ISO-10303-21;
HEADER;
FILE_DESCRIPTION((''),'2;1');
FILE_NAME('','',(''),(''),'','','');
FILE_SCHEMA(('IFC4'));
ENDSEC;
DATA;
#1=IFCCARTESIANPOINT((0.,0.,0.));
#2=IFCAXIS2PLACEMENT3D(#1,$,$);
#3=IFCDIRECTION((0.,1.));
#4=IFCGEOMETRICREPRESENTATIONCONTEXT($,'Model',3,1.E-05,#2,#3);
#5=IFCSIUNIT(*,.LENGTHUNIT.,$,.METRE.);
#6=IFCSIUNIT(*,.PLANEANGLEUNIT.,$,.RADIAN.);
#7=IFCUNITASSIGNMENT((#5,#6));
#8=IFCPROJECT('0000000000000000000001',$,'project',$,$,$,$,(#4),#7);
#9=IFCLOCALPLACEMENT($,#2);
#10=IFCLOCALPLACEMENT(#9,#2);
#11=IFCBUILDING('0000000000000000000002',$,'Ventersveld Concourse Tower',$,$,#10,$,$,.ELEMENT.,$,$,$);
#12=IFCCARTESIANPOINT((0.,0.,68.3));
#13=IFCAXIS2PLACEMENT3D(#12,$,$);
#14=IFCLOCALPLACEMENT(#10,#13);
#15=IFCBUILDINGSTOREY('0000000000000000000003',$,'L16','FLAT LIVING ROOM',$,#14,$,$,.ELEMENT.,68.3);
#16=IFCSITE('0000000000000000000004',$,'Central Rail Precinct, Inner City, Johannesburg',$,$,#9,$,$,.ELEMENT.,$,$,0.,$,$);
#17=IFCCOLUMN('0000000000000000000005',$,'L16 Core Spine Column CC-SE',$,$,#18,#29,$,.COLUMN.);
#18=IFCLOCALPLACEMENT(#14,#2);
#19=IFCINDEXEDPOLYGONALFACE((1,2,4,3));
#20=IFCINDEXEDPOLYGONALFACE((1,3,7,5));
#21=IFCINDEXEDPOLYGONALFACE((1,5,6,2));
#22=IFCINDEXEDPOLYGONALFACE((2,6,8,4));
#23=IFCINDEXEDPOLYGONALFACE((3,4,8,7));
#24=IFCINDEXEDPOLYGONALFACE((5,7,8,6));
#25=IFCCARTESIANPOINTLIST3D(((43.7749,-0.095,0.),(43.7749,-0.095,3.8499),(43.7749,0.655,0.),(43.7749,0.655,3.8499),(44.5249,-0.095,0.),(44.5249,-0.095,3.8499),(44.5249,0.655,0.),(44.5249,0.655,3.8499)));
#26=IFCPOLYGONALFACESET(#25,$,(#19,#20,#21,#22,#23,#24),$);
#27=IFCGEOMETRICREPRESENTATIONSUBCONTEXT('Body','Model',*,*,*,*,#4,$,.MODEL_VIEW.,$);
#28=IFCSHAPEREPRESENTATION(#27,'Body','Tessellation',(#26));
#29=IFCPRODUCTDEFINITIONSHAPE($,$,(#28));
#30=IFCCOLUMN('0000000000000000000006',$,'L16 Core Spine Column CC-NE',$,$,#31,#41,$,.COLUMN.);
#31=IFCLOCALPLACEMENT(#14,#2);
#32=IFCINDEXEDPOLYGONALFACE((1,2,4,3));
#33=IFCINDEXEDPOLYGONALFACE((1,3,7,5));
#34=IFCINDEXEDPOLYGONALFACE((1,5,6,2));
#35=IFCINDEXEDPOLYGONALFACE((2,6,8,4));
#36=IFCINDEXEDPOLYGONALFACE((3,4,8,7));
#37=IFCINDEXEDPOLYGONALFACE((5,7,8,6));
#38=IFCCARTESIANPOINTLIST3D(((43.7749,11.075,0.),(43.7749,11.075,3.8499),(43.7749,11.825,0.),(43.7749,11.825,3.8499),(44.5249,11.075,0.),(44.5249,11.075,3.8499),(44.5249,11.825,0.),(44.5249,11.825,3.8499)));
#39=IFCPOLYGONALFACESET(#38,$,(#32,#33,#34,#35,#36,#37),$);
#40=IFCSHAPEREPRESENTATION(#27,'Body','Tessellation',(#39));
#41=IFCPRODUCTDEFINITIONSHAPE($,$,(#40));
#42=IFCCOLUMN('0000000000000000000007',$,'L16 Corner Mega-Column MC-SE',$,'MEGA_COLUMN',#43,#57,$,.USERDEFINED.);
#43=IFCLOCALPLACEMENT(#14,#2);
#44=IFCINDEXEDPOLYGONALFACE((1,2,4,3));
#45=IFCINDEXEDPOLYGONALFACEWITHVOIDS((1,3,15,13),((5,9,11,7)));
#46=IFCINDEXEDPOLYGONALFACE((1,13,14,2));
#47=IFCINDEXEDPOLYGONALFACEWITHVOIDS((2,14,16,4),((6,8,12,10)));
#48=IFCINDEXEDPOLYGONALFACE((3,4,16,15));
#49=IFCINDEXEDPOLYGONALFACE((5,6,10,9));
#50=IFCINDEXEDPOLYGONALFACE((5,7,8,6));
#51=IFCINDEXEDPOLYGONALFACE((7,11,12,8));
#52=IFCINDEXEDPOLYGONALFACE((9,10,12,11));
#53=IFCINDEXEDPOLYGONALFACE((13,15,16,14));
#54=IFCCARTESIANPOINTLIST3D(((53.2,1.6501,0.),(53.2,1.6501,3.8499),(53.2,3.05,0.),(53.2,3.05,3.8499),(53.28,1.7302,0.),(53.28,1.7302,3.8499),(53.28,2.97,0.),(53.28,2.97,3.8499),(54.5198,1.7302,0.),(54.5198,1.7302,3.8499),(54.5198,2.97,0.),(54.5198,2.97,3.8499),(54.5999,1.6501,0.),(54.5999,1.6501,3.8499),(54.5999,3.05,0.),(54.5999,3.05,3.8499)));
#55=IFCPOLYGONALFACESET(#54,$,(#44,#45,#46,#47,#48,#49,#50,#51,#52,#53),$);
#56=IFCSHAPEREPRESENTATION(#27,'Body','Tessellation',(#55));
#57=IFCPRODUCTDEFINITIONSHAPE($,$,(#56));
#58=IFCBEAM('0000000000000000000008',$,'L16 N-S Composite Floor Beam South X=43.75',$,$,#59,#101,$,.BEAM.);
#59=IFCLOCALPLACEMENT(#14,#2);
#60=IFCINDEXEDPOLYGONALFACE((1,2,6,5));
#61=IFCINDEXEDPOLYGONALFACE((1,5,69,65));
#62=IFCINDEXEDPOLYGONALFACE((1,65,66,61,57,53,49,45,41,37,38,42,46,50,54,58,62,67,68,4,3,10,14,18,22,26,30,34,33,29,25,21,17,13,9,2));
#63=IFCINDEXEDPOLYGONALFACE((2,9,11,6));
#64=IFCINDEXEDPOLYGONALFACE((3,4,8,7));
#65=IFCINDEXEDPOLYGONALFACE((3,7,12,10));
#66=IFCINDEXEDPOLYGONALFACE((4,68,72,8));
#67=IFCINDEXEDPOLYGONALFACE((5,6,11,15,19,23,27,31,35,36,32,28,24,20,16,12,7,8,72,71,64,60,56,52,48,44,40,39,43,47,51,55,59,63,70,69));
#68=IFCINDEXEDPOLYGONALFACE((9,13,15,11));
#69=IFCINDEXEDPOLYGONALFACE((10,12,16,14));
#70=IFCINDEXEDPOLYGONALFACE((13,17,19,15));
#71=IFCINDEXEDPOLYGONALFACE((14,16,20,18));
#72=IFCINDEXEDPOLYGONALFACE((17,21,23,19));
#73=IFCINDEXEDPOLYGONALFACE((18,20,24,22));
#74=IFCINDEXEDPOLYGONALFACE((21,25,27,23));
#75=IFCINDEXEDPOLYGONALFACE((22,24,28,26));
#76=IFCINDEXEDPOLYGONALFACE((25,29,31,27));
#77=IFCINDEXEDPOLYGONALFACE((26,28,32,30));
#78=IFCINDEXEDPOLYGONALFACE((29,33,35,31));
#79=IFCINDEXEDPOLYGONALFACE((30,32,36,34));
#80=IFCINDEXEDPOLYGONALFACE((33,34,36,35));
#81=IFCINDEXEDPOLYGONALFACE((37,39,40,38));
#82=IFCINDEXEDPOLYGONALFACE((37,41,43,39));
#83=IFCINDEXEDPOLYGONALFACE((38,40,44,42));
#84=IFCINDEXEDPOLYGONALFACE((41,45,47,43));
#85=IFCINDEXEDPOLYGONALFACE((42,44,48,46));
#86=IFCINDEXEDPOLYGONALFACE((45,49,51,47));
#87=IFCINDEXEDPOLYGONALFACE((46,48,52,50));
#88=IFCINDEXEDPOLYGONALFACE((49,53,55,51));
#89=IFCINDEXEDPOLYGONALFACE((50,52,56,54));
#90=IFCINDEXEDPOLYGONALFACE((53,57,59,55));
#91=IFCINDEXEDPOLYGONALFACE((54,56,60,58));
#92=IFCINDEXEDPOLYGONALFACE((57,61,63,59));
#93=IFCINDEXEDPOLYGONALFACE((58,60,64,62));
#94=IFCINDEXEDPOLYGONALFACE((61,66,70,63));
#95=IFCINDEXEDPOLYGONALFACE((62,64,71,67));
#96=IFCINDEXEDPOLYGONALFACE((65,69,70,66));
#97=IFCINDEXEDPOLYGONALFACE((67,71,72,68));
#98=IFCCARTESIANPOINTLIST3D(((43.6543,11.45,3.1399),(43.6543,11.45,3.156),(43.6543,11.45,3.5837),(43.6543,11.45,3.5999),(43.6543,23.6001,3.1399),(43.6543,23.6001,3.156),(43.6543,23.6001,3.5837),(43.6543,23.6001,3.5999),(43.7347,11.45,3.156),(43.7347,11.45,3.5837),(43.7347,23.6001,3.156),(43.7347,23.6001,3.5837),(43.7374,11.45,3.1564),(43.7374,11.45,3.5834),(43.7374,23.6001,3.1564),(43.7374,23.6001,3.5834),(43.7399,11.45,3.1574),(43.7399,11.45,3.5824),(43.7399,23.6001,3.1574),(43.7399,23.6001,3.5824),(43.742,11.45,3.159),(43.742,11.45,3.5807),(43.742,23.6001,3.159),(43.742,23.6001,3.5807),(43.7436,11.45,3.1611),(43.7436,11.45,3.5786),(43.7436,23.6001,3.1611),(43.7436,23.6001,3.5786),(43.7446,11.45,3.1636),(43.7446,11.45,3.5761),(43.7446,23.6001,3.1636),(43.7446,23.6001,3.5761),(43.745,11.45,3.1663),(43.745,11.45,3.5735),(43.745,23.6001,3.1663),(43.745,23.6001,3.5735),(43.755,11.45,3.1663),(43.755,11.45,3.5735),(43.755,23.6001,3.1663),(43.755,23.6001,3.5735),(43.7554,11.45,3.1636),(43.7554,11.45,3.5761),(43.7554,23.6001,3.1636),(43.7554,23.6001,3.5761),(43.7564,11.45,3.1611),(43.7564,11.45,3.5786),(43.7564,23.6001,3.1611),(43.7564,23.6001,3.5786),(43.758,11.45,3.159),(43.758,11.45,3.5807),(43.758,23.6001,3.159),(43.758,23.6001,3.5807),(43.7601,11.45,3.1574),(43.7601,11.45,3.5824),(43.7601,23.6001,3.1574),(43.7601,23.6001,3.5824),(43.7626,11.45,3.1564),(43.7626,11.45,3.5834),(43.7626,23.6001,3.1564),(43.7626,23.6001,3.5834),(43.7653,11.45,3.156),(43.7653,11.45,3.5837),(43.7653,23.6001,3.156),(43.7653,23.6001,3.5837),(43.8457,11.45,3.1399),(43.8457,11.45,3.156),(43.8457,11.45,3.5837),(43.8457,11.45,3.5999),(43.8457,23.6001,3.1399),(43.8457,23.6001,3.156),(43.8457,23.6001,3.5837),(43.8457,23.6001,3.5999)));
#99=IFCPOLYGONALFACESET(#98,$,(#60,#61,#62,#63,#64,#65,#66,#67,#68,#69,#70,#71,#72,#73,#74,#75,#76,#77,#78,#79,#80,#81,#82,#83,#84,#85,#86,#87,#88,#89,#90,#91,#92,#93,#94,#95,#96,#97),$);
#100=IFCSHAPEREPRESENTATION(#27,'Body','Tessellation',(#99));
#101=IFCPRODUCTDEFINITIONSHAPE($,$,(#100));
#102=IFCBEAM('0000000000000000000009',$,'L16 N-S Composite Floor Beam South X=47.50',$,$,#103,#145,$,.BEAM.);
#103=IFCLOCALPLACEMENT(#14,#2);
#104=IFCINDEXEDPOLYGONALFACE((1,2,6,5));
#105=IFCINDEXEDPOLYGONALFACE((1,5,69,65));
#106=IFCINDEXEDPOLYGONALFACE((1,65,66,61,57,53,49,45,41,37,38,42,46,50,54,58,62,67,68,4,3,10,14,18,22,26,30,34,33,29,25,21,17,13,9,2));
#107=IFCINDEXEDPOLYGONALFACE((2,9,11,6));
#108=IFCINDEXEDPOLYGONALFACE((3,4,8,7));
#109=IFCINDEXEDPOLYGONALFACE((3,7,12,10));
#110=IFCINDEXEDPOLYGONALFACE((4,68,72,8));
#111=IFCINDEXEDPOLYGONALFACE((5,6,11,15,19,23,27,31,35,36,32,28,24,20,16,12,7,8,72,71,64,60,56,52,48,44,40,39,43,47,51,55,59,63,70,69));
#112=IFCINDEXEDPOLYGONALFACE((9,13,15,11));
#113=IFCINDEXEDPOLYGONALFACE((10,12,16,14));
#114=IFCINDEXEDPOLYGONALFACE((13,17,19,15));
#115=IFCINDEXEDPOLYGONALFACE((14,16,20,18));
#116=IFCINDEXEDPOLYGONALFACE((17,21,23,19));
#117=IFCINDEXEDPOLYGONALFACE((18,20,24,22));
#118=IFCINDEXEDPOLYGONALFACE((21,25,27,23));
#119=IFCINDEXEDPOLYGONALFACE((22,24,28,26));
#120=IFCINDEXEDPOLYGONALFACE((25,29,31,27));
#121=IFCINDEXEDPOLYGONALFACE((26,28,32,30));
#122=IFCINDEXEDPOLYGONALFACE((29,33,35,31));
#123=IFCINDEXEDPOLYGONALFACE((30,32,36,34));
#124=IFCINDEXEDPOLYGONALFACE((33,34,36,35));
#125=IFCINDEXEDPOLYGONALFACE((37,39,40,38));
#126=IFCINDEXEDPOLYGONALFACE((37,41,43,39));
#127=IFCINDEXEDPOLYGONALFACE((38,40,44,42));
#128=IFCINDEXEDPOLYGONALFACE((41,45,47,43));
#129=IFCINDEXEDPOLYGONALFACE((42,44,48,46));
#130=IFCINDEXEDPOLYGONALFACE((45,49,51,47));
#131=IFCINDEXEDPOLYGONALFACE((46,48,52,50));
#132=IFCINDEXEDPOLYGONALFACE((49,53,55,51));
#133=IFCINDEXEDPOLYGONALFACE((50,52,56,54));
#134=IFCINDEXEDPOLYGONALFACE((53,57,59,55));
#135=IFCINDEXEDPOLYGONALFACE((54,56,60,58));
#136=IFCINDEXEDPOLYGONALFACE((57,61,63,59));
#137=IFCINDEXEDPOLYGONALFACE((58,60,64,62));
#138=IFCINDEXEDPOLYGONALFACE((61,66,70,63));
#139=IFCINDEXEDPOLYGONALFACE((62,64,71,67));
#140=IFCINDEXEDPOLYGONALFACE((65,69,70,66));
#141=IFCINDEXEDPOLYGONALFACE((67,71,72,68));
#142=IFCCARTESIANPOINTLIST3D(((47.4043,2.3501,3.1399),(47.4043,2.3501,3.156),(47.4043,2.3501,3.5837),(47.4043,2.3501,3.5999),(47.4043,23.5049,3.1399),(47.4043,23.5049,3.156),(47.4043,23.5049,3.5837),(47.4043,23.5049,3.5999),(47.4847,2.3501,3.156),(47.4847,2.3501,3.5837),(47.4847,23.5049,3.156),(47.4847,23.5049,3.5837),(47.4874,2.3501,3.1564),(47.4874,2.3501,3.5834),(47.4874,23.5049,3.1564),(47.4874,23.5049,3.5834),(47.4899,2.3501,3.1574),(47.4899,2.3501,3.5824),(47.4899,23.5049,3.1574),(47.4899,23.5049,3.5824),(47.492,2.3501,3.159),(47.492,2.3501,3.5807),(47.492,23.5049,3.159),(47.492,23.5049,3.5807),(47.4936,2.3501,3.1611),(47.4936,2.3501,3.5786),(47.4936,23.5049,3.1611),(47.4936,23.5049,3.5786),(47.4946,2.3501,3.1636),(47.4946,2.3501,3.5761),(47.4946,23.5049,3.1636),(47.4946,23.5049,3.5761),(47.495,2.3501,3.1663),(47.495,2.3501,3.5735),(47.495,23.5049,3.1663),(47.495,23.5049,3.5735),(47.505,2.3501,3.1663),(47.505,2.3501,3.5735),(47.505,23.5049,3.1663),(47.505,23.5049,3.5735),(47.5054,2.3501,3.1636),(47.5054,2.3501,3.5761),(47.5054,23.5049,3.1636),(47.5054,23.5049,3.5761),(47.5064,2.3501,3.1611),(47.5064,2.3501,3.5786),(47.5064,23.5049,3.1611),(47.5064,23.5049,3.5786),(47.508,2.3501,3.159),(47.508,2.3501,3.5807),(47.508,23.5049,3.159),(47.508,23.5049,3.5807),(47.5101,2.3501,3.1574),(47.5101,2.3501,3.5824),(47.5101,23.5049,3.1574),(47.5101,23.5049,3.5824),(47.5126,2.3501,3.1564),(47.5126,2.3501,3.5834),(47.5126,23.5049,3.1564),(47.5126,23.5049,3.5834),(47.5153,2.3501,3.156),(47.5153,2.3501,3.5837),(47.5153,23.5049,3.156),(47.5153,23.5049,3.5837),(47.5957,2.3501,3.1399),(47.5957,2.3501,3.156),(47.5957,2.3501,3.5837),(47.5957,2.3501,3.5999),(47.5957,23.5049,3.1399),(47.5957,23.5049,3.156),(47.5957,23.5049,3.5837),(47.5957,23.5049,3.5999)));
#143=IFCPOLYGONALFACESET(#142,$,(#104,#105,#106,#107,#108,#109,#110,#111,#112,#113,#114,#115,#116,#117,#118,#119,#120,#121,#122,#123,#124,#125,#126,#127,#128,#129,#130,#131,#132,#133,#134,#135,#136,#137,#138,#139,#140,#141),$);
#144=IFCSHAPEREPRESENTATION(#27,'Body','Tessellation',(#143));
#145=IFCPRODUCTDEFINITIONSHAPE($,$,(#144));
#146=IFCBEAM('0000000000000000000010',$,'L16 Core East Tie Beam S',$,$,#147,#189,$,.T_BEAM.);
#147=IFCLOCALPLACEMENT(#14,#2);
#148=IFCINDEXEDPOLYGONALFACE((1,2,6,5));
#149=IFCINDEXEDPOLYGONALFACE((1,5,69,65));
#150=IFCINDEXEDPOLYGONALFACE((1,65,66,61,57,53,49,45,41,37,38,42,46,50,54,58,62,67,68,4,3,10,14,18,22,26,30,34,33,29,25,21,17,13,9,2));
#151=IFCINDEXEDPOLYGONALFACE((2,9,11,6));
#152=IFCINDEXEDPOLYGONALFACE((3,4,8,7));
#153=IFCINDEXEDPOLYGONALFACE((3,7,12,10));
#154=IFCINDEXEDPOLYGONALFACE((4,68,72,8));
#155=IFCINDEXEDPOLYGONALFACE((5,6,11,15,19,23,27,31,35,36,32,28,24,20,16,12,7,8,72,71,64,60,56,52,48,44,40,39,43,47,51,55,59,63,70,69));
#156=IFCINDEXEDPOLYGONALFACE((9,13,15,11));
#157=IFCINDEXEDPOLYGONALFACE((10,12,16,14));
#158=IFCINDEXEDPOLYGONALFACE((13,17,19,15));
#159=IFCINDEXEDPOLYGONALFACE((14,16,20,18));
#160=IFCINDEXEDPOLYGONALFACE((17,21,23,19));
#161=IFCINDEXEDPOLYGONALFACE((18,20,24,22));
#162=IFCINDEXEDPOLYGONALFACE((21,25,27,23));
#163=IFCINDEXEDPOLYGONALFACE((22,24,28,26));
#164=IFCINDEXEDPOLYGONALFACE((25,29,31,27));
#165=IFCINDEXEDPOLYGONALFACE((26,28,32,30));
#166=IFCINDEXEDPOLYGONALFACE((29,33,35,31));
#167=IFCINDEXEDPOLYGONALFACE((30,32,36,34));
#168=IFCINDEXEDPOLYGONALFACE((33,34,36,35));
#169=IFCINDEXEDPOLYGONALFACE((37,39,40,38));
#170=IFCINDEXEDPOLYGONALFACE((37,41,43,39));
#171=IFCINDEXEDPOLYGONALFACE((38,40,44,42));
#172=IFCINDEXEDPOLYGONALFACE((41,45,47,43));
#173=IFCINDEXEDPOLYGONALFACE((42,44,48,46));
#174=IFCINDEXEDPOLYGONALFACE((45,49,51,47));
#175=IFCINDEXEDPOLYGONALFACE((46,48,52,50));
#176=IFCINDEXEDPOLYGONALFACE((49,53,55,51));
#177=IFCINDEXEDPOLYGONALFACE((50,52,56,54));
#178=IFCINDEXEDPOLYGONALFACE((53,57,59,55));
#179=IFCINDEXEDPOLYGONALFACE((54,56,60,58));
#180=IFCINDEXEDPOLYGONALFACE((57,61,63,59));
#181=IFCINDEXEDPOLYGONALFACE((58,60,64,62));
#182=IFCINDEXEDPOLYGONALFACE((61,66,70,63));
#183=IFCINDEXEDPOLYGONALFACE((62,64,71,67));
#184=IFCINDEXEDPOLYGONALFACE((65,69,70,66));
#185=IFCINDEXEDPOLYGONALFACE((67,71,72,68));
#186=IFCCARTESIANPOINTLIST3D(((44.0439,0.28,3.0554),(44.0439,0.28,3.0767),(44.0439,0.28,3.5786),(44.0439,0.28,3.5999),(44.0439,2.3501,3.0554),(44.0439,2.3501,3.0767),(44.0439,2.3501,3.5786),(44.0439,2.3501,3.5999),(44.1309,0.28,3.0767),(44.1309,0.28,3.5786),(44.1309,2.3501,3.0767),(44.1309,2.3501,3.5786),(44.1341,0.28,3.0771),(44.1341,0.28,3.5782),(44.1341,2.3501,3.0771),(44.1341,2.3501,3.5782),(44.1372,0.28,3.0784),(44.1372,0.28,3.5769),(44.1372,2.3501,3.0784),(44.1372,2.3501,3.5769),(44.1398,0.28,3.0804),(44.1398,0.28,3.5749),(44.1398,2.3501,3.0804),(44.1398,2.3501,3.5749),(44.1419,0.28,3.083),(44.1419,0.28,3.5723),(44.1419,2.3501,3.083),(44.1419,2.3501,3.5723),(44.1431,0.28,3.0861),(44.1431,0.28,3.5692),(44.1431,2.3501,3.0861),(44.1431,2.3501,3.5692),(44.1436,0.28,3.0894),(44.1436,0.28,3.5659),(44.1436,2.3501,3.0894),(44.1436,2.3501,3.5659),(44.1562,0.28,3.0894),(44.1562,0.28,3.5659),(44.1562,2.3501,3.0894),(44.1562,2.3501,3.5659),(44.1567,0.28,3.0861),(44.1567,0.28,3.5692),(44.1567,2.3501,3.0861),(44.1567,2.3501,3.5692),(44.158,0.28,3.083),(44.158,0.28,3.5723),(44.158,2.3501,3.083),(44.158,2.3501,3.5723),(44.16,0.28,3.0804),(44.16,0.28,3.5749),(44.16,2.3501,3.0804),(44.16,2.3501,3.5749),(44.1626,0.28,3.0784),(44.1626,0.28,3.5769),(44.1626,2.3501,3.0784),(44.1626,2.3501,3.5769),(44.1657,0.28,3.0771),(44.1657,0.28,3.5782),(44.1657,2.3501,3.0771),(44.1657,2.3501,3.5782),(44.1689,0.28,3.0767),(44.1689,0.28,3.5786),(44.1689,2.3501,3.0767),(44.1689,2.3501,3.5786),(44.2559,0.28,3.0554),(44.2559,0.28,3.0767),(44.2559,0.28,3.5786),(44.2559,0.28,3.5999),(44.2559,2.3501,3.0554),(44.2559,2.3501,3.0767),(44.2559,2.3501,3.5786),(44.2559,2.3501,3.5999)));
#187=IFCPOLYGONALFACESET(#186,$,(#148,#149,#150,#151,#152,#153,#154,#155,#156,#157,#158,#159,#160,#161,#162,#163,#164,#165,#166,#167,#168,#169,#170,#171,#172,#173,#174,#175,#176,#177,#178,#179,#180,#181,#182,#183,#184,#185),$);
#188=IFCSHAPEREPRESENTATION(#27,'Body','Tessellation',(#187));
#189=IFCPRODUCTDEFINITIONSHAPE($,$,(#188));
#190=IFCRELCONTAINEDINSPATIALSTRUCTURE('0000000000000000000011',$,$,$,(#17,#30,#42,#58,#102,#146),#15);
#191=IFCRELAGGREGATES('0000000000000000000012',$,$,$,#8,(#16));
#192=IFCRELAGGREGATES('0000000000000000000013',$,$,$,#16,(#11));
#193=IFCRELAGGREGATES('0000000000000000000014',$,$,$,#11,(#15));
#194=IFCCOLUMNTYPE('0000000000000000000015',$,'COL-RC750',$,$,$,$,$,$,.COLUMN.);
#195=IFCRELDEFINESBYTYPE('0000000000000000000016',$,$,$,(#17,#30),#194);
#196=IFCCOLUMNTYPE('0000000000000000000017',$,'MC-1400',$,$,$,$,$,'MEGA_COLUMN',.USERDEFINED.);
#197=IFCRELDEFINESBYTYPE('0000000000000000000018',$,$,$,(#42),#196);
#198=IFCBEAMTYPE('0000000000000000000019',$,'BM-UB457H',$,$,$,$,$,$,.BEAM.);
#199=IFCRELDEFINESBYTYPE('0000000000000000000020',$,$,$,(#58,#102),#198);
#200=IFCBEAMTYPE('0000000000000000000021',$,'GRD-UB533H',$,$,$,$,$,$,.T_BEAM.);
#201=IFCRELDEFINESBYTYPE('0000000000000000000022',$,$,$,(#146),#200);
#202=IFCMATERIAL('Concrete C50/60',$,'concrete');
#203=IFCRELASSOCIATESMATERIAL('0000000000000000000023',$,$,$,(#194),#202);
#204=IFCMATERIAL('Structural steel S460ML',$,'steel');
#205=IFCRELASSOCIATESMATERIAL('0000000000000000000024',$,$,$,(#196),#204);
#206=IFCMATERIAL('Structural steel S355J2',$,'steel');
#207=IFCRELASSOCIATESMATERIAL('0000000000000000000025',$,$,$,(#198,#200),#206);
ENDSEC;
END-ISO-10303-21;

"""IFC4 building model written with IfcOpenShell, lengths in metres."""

from ifc_helpers import new_model, si_unit, direction, frame, origin, origin_2d, place, context, subcontext, project, spatial, rectangle, hollow_rectangle, i_section, extrude, material, material_profile, profile_set, type_object, element, save


model = new_model("IFC4")

# Units and contexts
model_context = context("Model", 3, precision=1e-05, world=origin(), true_north=direction((0.0, 1.0)))
body_context = subcontext(model_context, "Body", "Model", "MODEL_VIEW")
ifc_project = project(units=[si_unit("LENGTHUNIT", "METRE"), si_unit("PLANEANGLEUNIT", "RADIAN")], contexts=[model_context])

# Site, building, storey
site_placement = place(None, origin())
site = spatial("IfcSite", under=ifc_project, at=site_placement, Name="Central Rail Precinct, Inner City, Johannesburg", CompositionType="ELEMENT", RefElevation=0.0)
building_placement = place(site_placement, origin())
building = spatial("IfcBuilding", under=site, at=building_placement, Name="Ventersveld Concourse Tower", CompositionType="ELEMENT")
storey_placement = place(building_placement, frame((0.0, 0.0, 68.3)))
storey = spatial("IfcBuildingStorey", under=building, at=storey_placement, Name="L16", Description="FLAT LIVING ROOM", CompositionType="ELEMENT", Elevation=68.3)

# Columns
ifc_material_1 = material(Name="Concrete C50/60", Category="concrete")
ifc_material_profile_1 = material_profile(ifc_material_1, rectangle(XDim=0.75, YDim=0.75, at=origin_2d()), Name="RC 750x750")
ifc_profile_set_1 = profile_set([ifc_material_profile_1], Name="Concrete C50/60")
column_type_1 = type_object("IfcColumnType", Name="COL-RC750", PredefinedType="COLUMN", material=ifc_profile_set_1)
for number, where, z_axis, x_axis, name in (
    (1, (44.1499, 0.28, 0.0), (0.0, 0.0, 1.0), (1.0, 0.0, 0.0), "L16 Core Spine Column CC-SE"),
    (2, (44.1499, 11.45, 0.0), (0.0, 0.0, 1.0), (1.0, 0.0, 0.0), "L16 Core Spine Column CC-NE"),
):
    element("IfcColumn", number, at=place(storey_placement, frame(where, z_axis=z_axis, x_axis=x_axis)), inside=storey, type_object=column_type_1, Name=name, PredefinedType="COLUMN", context=body_context, shape_type="SweptSolid", body=[
        extrude(rectangle(XDim=0.75, YDim=0.75, at=origin_2d()), origin(), (0.0, 0.0, 1.0), 3.8499),
    ])
ifc_material_2 = material(Name="Structural steel S460ML", Category="steel")
ifc_material_profile_2 = material_profile(ifc_material_2, hollow_rectangle(XDim=1.3999, YDim=1.3999, WallThickness=0.0801, at=origin_2d()), Name="BOX 1400x1400x80")
ifc_profile_set_2 = profile_set([ifc_material_profile_2], Name="Structural steel S460ML")
column_type_2 = type_object("IfcColumnType", Name="MC-1400", ElementType="MEGA_COLUMN", PredefinedType="USERDEFINED", material=ifc_profile_set_2)
column_placement = place(storey_placement, frame((53.8999, 2.3501, 0.0), z_axis=(0.0, 0.0, 1.0), x_axis=(1.0, 0.0, 0.0)))
element("IfcColumn", 3, at=column_placement, inside=storey, type_object=column_type_2, Name="L16 Corner Mega-Column MC-SE", ObjectType="MEGA_COLUMN", PredefinedType="USERDEFINED", context=body_context, shape_type="SweptSolid", body=[
    extrude(hollow_rectangle(XDim=1.3999, YDim=1.3999, WallThickness=0.0801, at=origin_2d()), origin(), (0.0, 0.0, 1.0), 3.8499),
])

# Beams
ifc_material_3 = material(Name="Structural steel S355J2", Category="steel")
ifc_material_profile_3 = material_profile(ifc_material_3, i_section(OverallWidth=0.1914, OverallDepth=0.46, WebThickness=0.01, FlangeThickness=0.0161, FilletRadius=0.0103, at=origin_2d()), Name="UB 457x191x82")
ifc_profile_set_3 = profile_set([ifc_material_profile_3], Name="Structural steel S355J2")
beam_type_1 = type_object("IfcBeamType", Name="BM-UB457H", PredefinedType="BEAM", material=ifc_profile_set_3)
beam_1_placement = place(storey_placement, frame((43.75, 11.45, 3.3699), z_axis=(0.0, 1.0, 0.0), x_axis=(-1.0, 0.0, 0.0)))
element("IfcBeam", 4, at=beam_1_placement, inside=storey, type_object=beam_type_1, Name="L16 N-S Composite Floor Beam South X=43.75", PredefinedType="BEAM", context=body_context, shape_type="SweptSolid", body=[
    extrude(i_section(OverallWidth=0.1914, OverallDepth=0.46, WebThickness=0.01, FlangeThickness=0.0161, FilletRadius=0.0103, at=origin_2d()), origin(), (0.0, 0.0, 1.0), 12.1501),
])
beam_2_placement = place(storey_placement, frame((47.5, 2.3501, 3.3699), z_axis=(0.0, 1.0, 0.0), x_axis=(-1.0, 0.0, 0.0)))
element("IfcBeam", 5, at=beam_2_placement, inside=storey, type_object=beam_type_1, Name="L16 N-S Composite Floor Beam South X=47.50", PredefinedType="BEAM", context=body_context, shape_type="SweptSolid", body=[
    extrude(i_section(OverallWidth=0.1914, OverallDepth=0.46, WebThickness=0.01, FlangeThickness=0.0161, FilletRadius=0.0103, at=origin_2d()), origin(), (0.0, 0.0, 1.0), 21.1548),
])
ifc_material_profile_4 = material_profile(ifc_material_3, i_section(OverallWidth=0.2119, OverallDepth=0.5444, WebThickness=0.0127, FlangeThickness=0.0212, FilletRadius=0.0127, at=origin_2d()), Name="UB 533x210x122")
ifc_profile_set_4 = profile_set([ifc_material_profile_4], Name="Structural steel S355J2")
beam_type_2 = type_object("IfcBeamType", Name="GRD-UB533H", PredefinedType="T_BEAM", material=ifc_profile_set_4)
beam_3_placement = place(storey_placement, frame((44.1499, 0.28, 3.3276), z_axis=(0.0, 1.0, 0.0), x_axis=(-1.0, 0.0, 0.0)))
element("IfcBeam", 6, at=beam_3_placement, inside=storey, type_object=beam_type_2, Name="L16 Core East Tie Beam S", PredefinedType="T_BEAM", context=body_context, shape_type="SweptSolid", body=[
    extrude(i_section(OverallWidth=0.2119, OverallDepth=0.5444, WebThickness=0.0127, FlangeThickness=0.0212, FilletRadius=0.0127, at=origin_2d()), origin(), (0.0, 0.0, 1.0), 2.0701),
])

save(model, "model.ifc")
